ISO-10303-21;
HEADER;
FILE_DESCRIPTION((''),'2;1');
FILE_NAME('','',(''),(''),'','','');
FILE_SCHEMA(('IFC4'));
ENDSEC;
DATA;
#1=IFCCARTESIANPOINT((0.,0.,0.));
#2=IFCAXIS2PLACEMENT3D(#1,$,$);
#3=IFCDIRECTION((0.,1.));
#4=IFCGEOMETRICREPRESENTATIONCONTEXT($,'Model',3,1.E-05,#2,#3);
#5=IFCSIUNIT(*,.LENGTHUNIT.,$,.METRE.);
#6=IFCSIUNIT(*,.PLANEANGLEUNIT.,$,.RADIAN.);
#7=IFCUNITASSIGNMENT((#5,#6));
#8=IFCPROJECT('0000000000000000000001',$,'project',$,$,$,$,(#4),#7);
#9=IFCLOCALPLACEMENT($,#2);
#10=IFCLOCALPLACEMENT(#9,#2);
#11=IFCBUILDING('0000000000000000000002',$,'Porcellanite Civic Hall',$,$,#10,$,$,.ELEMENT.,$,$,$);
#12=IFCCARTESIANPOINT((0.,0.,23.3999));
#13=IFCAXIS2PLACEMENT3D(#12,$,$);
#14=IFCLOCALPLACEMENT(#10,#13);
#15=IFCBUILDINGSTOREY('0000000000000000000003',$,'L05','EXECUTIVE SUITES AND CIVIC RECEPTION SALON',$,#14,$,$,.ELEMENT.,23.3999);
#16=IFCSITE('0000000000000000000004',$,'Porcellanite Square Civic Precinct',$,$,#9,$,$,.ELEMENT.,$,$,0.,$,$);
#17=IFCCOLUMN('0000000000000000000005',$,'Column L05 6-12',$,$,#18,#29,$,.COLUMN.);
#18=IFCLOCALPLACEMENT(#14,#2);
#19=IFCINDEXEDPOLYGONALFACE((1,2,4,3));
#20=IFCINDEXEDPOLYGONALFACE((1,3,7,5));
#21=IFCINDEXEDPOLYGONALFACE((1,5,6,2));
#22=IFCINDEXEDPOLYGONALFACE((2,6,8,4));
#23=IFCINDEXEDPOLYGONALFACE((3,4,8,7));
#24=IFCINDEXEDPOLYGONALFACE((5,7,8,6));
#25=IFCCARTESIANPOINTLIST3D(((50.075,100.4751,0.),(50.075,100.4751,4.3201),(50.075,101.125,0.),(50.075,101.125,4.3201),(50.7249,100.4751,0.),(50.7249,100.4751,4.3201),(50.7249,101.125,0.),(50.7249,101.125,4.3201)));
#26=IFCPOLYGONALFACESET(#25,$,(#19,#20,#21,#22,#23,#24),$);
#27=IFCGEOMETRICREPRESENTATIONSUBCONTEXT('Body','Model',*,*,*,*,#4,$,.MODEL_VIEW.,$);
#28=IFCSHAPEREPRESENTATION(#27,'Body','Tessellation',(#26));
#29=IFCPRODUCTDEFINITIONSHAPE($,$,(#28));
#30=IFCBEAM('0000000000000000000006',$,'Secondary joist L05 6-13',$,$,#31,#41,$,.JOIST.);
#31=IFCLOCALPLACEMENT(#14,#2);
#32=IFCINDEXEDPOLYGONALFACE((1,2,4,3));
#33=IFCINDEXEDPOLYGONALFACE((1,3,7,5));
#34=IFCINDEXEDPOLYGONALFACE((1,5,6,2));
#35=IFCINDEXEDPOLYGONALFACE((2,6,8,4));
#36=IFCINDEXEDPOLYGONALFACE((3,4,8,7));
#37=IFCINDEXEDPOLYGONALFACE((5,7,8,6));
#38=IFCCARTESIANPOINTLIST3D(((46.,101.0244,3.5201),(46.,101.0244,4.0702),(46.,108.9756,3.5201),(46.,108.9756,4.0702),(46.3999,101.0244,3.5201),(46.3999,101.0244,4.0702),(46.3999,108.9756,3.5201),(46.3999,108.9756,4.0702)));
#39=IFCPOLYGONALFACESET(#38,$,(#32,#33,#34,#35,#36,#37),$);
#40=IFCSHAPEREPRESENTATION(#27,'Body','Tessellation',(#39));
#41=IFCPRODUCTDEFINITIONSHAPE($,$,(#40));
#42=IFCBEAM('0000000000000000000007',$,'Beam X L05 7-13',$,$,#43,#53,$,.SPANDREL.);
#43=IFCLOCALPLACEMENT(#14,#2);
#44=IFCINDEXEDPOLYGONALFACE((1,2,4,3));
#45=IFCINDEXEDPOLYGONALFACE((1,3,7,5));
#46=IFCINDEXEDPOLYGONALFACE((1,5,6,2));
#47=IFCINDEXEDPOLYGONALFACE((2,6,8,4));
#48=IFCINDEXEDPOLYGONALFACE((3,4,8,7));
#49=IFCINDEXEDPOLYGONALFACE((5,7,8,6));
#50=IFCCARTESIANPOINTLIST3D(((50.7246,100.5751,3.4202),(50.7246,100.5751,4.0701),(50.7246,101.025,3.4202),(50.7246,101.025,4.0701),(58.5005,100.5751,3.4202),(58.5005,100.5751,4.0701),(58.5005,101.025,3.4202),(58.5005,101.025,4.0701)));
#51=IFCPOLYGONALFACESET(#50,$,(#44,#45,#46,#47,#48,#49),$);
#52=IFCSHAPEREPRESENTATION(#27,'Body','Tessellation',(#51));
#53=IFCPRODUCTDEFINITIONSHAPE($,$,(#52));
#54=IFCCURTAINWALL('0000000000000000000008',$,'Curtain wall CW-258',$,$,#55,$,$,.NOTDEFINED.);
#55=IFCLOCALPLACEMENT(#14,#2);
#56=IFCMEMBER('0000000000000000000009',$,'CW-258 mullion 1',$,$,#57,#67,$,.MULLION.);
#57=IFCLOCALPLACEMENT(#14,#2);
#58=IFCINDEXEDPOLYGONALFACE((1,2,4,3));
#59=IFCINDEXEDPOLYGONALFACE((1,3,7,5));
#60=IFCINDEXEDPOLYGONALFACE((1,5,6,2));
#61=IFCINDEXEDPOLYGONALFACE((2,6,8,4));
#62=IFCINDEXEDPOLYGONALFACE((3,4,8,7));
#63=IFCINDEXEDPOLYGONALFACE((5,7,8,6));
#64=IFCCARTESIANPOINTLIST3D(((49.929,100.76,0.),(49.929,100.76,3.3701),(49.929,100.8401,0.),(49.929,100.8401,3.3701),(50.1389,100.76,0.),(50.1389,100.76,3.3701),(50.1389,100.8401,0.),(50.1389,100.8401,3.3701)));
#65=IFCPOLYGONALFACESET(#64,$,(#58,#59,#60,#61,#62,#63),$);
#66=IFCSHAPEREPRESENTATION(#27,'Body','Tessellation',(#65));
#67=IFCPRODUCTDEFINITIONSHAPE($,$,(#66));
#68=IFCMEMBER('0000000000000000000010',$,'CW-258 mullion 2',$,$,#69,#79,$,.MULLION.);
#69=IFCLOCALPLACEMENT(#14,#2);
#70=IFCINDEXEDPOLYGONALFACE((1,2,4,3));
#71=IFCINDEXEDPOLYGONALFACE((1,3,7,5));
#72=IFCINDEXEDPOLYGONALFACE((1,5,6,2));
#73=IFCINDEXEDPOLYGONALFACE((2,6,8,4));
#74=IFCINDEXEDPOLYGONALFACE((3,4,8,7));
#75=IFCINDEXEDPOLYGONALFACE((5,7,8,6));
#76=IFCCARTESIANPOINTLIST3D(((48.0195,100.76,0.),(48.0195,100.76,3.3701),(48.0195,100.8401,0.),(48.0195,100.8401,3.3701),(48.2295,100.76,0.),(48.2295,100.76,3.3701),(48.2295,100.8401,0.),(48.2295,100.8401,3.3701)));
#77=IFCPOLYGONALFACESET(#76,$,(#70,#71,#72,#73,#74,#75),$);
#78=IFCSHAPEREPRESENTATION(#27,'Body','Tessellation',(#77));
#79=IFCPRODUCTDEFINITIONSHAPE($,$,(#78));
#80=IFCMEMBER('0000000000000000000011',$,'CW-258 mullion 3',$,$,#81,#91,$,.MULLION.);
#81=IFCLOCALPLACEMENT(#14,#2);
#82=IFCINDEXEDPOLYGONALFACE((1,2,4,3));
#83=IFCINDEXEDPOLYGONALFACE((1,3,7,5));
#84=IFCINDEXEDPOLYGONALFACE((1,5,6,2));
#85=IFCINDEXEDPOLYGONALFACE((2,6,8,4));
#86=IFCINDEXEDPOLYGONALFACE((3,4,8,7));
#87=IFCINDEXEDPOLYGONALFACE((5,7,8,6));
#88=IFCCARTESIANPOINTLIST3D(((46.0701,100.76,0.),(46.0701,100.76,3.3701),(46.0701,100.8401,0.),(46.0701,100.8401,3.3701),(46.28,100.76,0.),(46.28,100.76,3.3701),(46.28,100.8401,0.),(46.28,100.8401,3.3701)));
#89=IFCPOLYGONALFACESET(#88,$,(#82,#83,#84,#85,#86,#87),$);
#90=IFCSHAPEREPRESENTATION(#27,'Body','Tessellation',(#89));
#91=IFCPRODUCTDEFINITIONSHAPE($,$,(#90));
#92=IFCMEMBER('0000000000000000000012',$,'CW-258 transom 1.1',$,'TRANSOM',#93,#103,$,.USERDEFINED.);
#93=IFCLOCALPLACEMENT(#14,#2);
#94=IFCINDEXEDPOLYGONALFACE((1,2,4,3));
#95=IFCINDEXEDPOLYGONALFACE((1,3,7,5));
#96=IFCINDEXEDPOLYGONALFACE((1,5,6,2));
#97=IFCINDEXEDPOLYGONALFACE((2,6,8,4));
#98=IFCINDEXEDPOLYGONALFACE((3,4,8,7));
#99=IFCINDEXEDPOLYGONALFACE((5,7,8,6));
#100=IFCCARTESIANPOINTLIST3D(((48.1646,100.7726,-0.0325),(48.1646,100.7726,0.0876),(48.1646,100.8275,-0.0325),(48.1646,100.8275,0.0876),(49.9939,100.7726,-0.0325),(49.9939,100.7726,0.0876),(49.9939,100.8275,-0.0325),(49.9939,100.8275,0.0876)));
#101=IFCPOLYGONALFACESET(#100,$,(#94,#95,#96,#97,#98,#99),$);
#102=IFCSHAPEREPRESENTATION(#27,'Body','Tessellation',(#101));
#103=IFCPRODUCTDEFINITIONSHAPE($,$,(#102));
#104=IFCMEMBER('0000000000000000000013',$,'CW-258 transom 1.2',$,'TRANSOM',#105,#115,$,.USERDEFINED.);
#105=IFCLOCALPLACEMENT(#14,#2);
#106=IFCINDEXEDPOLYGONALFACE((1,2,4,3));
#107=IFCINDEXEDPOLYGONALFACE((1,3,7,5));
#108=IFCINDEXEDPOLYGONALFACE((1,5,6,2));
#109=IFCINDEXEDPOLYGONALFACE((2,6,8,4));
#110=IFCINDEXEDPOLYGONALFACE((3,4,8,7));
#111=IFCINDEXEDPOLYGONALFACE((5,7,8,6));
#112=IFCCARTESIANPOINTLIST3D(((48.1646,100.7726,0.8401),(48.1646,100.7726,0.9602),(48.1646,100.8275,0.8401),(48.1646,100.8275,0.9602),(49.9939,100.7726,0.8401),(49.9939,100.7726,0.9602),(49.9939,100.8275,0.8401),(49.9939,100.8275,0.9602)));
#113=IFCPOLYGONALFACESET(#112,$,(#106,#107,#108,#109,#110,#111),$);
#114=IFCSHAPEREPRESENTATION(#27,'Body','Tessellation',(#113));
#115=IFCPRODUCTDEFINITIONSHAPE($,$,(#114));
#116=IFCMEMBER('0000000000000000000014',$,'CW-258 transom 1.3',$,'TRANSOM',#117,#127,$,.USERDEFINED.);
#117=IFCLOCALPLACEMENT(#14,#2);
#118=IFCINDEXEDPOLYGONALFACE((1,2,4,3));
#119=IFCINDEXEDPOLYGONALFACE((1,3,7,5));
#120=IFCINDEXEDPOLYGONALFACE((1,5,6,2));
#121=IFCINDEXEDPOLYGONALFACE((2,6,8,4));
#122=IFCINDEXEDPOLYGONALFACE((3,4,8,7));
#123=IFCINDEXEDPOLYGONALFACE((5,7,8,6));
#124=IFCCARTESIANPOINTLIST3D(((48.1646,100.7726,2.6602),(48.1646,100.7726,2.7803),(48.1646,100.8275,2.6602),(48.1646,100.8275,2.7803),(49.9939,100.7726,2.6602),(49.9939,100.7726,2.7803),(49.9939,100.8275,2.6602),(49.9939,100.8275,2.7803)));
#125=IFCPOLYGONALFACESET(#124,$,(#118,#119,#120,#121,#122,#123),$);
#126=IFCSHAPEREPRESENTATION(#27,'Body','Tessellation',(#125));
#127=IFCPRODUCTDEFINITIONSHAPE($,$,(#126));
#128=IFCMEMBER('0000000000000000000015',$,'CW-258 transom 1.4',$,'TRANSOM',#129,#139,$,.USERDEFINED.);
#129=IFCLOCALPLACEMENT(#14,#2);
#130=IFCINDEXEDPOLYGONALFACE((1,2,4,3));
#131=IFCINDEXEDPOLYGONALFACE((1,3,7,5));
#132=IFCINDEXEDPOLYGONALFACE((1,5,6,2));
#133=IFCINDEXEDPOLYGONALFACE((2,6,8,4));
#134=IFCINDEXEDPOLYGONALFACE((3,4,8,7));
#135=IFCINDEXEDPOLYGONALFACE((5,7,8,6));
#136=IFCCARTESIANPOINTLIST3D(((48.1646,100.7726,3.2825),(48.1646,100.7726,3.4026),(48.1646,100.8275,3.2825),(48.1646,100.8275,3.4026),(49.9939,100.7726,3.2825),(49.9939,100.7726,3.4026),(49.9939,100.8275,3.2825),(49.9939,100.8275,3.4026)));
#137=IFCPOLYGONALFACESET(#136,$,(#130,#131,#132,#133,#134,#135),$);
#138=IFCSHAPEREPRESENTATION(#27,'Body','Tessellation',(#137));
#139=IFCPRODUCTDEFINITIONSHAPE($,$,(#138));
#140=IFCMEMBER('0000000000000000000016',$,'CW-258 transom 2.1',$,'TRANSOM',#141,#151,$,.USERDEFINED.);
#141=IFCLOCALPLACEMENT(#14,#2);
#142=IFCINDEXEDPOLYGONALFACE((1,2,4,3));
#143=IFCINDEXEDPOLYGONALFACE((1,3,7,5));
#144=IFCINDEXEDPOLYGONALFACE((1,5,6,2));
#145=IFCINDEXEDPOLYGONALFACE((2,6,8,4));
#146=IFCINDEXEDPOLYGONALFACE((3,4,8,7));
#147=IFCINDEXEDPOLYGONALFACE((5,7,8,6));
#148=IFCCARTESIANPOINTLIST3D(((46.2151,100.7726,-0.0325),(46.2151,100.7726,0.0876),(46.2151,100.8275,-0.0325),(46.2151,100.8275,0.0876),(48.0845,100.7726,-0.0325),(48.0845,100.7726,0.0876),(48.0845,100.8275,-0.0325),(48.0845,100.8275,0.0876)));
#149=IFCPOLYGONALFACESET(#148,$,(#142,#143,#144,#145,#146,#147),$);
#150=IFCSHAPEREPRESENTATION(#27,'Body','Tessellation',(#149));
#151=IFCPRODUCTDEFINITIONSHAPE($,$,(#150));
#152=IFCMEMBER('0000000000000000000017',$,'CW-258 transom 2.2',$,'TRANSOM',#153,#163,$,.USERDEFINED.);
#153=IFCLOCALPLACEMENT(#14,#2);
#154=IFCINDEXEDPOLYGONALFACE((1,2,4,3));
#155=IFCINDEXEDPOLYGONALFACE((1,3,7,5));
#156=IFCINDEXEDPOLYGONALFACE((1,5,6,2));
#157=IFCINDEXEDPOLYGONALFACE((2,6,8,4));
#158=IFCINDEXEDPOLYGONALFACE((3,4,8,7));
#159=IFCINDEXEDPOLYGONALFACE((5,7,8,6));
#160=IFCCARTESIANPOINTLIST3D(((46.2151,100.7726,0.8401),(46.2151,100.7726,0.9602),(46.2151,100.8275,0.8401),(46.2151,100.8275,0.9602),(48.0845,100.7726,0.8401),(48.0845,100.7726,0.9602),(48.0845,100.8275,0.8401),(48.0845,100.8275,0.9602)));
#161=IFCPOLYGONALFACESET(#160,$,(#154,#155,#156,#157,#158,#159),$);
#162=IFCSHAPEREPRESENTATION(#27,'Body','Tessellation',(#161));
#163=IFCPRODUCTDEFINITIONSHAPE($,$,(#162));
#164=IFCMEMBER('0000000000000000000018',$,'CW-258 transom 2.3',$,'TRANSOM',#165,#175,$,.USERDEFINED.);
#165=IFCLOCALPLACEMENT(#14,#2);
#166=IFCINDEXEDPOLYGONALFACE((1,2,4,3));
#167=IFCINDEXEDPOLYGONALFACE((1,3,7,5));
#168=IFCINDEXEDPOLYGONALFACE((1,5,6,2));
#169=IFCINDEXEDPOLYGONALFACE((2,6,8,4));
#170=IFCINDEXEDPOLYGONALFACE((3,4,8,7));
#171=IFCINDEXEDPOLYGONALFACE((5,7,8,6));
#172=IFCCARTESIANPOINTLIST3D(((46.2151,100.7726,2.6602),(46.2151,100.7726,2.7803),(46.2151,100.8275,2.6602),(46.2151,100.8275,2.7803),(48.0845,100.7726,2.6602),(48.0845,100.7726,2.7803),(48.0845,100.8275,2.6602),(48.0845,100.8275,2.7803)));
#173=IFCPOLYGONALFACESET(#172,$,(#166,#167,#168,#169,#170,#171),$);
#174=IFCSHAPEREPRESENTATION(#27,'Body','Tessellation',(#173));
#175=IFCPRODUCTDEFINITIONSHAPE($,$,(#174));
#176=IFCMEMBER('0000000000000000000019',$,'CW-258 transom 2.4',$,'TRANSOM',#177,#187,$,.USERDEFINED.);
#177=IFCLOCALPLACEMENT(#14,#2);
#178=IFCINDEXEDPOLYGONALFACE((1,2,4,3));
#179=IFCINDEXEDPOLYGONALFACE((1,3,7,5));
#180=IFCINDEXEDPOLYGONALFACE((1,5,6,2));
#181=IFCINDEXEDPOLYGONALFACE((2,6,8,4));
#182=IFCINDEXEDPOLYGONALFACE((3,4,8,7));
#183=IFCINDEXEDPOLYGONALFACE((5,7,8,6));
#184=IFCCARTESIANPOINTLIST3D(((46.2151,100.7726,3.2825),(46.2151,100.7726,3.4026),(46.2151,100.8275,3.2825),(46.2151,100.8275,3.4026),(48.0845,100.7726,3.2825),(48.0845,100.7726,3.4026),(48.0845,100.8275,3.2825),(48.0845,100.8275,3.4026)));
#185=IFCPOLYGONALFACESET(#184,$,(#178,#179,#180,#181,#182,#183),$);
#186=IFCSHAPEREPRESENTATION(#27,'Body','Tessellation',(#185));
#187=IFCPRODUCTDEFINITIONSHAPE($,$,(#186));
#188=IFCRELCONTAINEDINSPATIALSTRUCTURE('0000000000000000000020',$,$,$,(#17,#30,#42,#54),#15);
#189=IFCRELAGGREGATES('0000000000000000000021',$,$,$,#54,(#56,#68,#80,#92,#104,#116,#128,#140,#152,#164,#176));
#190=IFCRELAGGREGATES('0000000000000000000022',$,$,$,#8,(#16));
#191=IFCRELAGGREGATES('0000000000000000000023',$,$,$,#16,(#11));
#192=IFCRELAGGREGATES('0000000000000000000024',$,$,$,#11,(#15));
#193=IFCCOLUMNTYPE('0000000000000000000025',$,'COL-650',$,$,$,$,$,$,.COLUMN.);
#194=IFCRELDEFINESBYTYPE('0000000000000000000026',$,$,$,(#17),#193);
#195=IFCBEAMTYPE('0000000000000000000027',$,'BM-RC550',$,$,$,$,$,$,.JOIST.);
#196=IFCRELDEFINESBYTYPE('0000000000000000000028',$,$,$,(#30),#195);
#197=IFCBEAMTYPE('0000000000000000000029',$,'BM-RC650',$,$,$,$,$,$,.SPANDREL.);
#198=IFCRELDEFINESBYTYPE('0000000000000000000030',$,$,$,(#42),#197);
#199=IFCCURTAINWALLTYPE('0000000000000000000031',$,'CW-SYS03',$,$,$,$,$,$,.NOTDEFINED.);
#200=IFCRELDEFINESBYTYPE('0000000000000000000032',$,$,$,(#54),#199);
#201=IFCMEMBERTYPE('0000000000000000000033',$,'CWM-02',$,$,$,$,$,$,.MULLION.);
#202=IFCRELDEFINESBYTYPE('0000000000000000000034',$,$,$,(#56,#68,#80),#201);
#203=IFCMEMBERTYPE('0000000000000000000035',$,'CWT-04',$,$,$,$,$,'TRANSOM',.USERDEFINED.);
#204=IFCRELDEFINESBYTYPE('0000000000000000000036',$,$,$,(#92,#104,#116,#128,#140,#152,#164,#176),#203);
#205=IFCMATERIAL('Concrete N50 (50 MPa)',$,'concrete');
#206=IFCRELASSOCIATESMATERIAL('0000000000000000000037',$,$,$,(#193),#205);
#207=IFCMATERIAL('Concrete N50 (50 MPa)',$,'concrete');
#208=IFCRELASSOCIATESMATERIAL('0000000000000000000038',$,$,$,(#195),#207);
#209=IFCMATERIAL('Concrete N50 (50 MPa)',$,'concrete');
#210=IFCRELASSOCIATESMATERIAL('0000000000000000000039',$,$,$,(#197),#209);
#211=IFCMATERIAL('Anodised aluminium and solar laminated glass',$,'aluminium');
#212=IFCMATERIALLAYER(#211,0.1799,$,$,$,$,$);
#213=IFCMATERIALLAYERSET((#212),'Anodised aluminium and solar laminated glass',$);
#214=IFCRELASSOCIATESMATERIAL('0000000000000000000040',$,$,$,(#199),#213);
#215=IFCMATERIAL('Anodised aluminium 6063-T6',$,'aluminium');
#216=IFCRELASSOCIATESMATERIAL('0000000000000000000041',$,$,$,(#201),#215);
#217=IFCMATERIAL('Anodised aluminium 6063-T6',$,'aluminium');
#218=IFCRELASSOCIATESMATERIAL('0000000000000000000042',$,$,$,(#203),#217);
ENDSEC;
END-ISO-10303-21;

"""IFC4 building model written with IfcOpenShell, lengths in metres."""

from ifc_helpers import new_model, si_unit, direction, frame, origin, origin_2d, place, context, subcontext, project, spatial, rectangle, extrude, material, layer, layer_set, material_profile, profile_set, type_object, element, aggregate, save


model = new_model("IFC4")

# Units and contexts
model_context = context("Model", 3, precision=1e-05, world=origin(), true_north=direction((0.0, 1.0)))
body_context = subcontext(model_context, "Body", "Model", "MODEL_VIEW")
ifc_project = project(units=[si_unit("LENGTHUNIT", "METRE"), si_unit("PLANEANGLEUNIT", "RADIAN")], contexts=[model_context])

# Site, building, storey
site_placement = place(None, origin())
site = spatial("IfcSite", under=ifc_project, at=site_placement, Name="Porcellanite Square Civic Precinct", CompositionType="ELEMENT", RefElevation=0.0)
building_placement = place(site_placement, origin())
building = spatial("IfcBuilding", under=site, at=building_placement, Name="Porcellanite Civic Hall", CompositionType="ELEMENT")
storey_placement = place(building_placement, frame((0.0, 0.0, 23.3999)))
storey = spatial("IfcBuildingStorey", under=building, at=storey_placement, Name="L05", Description="EXECUTIVE SUITES AND CIVIC RECEPTION SALON", CompositionType="ELEMENT", Elevation=23.3999)

# Column
ifc_material_1 = material(Name="Concrete N50 (50 MPa)", Category="concrete")
ifc_material_profile_1 = material_profile(ifc_material_1, rectangle(XDim=0.6499, YDim=0.6499, at=origin_2d()), Name="RC-650x650")
ifc_profile_set_1 = profile_set([ifc_material_profile_1], Name="Concrete N50 (50 MPa)")
column_type = type_object("IfcColumnType", Name="COL-650", PredefinedType="COLUMN", material=ifc_profile_set_1)
column_placement = place(storey_placement, frame((50.3999, 100.8, 0.0), z_axis=(0.0, 0.0, 1.0), x_axis=(1.0, 0.0, 0.0)))
element("IfcColumn", 1, at=column_placement, inside=storey, type_object=column_type, Name="Column L05 6-12", PredefinedType="COLUMN", context=body_context, shape_type="SweptSolid", body=[
    extrude(rectangle(XDim=0.6499, YDim=0.6499, at=origin_2d()), origin(), (0.0, 0.0, 1.0), 4.3201),
])

# Beams
ifc_material_2 = material(Name="Concrete N50 (50 MPa)", Category="concrete")
ifc_material_profile_2 = material_profile(ifc_material_2, rectangle(XDim=0.3999, YDim=0.55, at=origin_2d()), Name="RC-400x550")
ifc_profile_set_2 = profile_set([ifc_material_profile_2], Name="Concrete N50 (50 MPa)")
beam_type_1 = type_object("IfcBeamType", Name="BM-RC550", PredefinedType="JOIST", material=ifc_profile_set_2)
beam_1_placement = place(storey_placement, frame((46.2, 101.0244, 3.7952), z_axis=(0.0, 1.0, 0.0), x_axis=(-1.0, 0.0, 0.0)))
element("IfcBeam", 2, at=beam_1_placement, inside=storey, type_object=beam_type_1, Name="Secondary joist L05 6-13", PredefinedType="JOIST", context=body_context, shape_type="SweptSolid", body=[
    extrude(rectangle(XDim=0.3999, YDim=0.55, at=origin_2d()), origin(), (0.0, 0.0, 1.0), 7.9512),
])
ifc_material_3 = material(Name="Concrete N50 (50 MPa)", Category="concrete")
ifc_material_profile_3 = material_profile(ifc_material_3, rectangle(XDim=0.45, YDim=0.6499, at=origin_2d()), Name="RC-450x650")
ifc_profile_set_3 = profile_set([ifc_material_profile_3], Name="Concrete N50 (50 MPa)")
beam_type_2 = type_object("IfcBeamType", Name="BM-RC650", PredefinedType="SPANDREL", material=ifc_profile_set_3)
beam_2_placement = place(storey_placement, frame((50.7246, 100.8, 3.7451), z_axis=(1.0, 0.0, 0.0), x_axis=(0.0, 1.0, 0.0)))
element("IfcBeam", 3, at=beam_2_placement, inside=storey, type_object=beam_type_2, Name="Beam X L05 7-13", PredefinedType="SPANDREL", context=body_context, shape_type="SweptSolid", body=[
    extrude(rectangle(XDim=0.45, YDim=0.6499, at=origin_2d()), origin(), (0.0, 0.0, 1.0), 7.7759),
])

# Curtain wall, members
ifc_material_4 = material(Name="Anodised aluminium and solar laminated glass", Category="aluminium")
ifc_layer_1 = layer(ifc_material_4, 0.1799)
ifc_layer_set_1 = layer_set([ifc_layer_1], Name="Anodised aluminium and solar laminated glass")
curtain_wall_type_1 = type_object("IfcCurtainWallType", Name="CW-SYS03", PredefinedType="NOTDEFINED", material=ifc_layer_set_1)
curtain_wall_1_placement = place(storey_placement, origin())
curtain_wall_1 = element("IfcCurtainWall", 4, at=curtain_wall_1_placement, inside=storey, type_object=curtain_wall_type_1, Name="Curtain wall CW-258", PredefinedType="NOTDEFINED")
ifc_material_5 = material(Name="Anodised aluminium 6063-T6", Category="aluminium")
ifc_material_profile_4 = material_profile(ifc_material_5, rectangle(XDim=0.0801, YDim=0.21, at=origin_2d()), Name="AL-80x210")
ifc_profile_set_4 = profile_set([ifc_material_profile_4], Name="Anodised aluminium 6063-T6")
member_type_1 = type_object("IfcMemberType", Name="CWM-02", PredefinedType="MULLION", material=ifc_profile_set_4)
member_1_placement = place(storey_placement, frame((50.0339, 100.8, 0.0), z_axis=(0.0, 0.0, 1.0), x_axis=(0.0, -1.0, 0.0)))
member_1 = element("IfcMember", 5, at=member_1_placement, type_object=member_type_1, Name="CW-258 mullion 1", PredefinedType="MULLION", context=body_context, shape_type="SweptSolid", body=[
    extrude(rectangle(XDim=0.0801, YDim=0.21, at=origin_2d()), origin(), (0.0, 0.0, 1.0), 3.3701),
])
member_2_placement = place(storey_placement, frame((48.1245, 100.8, 0.0), z_axis=(0.0, 0.0, 1.0), x_axis=(0.0, -1.0, 0.0)))
member_2 = element("IfcMember", 6, at=member_2_placement, type_object=member_type_1, Name="CW-258 mullion 2", PredefinedType="MULLION", context=body_context, shape_type="SweptSolid", body=[
    extrude(rectangle(XDim=0.0801, YDim=0.21, at=origin_2d()), origin(), (0.0, 0.0, 1.0), 3.3701),
])
member_3_placement = place(storey_placement, frame((46.175, 100.8, 0.0), z_axis=(0.0, 0.0, 1.0), x_axis=(0.0, -1.0, 0.0)))
member_3 = element("IfcMember", 7, at=member_3_placement, type_object=member_type_1, Name="CW-258 mullion 3", PredefinedType="MULLION", context=body_context, shape_type="SweptSolid", body=[
    extrude(rectangle(XDim=0.0801, YDim=0.21, at=origin_2d()), origin(), (0.0, 0.0, 1.0), 3.3701),
])
ifc_material_6 = material(Name="Anodised aluminium 6063-T6", Category="aluminium")
ifc_material_profile_5 = material_profile(ifc_material_6, rectangle(XDim=0.0549, YDim=0.1201, at=origin_2d()), Name="AL-55x120")
ifc_profile_set_5 = profile_set([ifc_material_profile_5], Name="Anodised aluminium 6063-T6")
member_type_2 = type_object("IfcMemberType", Name="CWT-04", ElementType="TRANSOM", PredefinedType="USERDEFINED", material=ifc_profile_set_5)
member_4_placement = place(storey_placement, frame((49.9939, 100.8, 0.0276), z_axis=(-1.0, 0.0, 0.0), x_axis=(0.0, -1.0, 0.0)))
member_4 = element("IfcMember", 8, at=member_4_placement, type_object=member_type_2, Name="CW-258 transom 1.1", ObjectType="TRANSOM", PredefinedType="USERDEFINED", context=body_context, shape_type="SweptSolid", body=[
    extrude(rectangle(XDim=0.0549, YDim=0.1201, at=origin_2d()), origin(), (0.0, 0.0, 1.0), 1.8293),
])
member_5_placement = place(storey_placement, frame((49.9939, 100.8, 0.9001), z_axis=(-1.0, 0.0, 0.0), x_axis=(0.0, -1.0, 0.0)))
member_5 = element("IfcMember", 9, at=member_5_placement, type_object=member_type_2, Name="CW-258 transom 1.2", ObjectType="TRANSOM", PredefinedType="USERDEFINED", context=body_context, shape_type="SweptSolid", body=[
    extrude(rectangle(XDim=0.0549, YDim=0.1201, at=origin_2d()), origin(), (0.0, 0.0, 1.0), 1.8293),
])
member_6_placement = place(storey_placement, frame((49.9939, 100.8, 2.7202), z_axis=(-1.0, 0.0, 0.0), x_axis=(0.0, -1.0, 0.0)))
member_6 = element("IfcMember", 10, at=member_6_placement, type_object=member_type_2, Name="CW-258 transom 1.3", ObjectType="TRANSOM", PredefinedType="USERDEFINED", context=body_context, shape_type="SweptSolid", body=[
    extrude(rectangle(XDim=0.0549, YDim=0.1201, at=origin_2d()), origin(), (0.0, 0.0, 1.0), 1.8293),
])
member_7_placement = place(storey_placement, frame((49.9939, 100.8, 3.3425), z_axis=(-1.0, 0.0, 0.0), x_axis=(0.0, -1.0, 0.0)))
member_7 = element("IfcMember", 11, at=member_7_placement, type_object=member_type_2, Name="CW-258 transom 1.4", ObjectType="TRANSOM", PredefinedType="USERDEFINED", context=body_context, shape_type="SweptSolid", body=[
    extrude(rectangle(XDim=0.0549, YDim=0.1201, at=origin_2d()), origin(), (0.0, 0.0, 1.0), 1.8293),
])
member_8_placement = place(storey_placement, frame((48.0845, 100.8, 0.0276), z_axis=(-1.0, 0.0, 0.0), x_axis=(0.0, -1.0, 0.0)))
member_8 = element("IfcMember", 12, at=member_8_placement, type_object=member_type_2, Name="CW-258 transom 2.1", ObjectType="TRANSOM", PredefinedType="USERDEFINED", context=body_context, shape_type="SweptSolid", body=[
    extrude(rectangle(XDim=0.0549, YDim=0.1201, at=origin_2d()), origin(), (0.0, 0.0, 1.0), 1.8694),
])
member_9_placement = place(storey_placement, frame((48.0845, 100.8, 0.9001), z_axis=(-1.0, 0.0, 0.0), x_axis=(0.0, -1.0, 0.0)))
member_9 = element("IfcMember", 13, at=member_9_placement, type_object=member_type_2, Name="CW-258 transom 2.2", ObjectType="TRANSOM", PredefinedType="USERDEFINED", context=body_context, shape_type="SweptSolid", body=[
    extrude(rectangle(XDim=0.0549, YDim=0.1201, at=origin_2d()), origin(), (0.0, 0.0, 1.0), 1.8694),
])
member_10_placement = place(storey_placement, frame((48.0845, 100.8, 2.7202), z_axis=(-1.0, 0.0, 0.0), x_axis=(0.0, -1.0, 0.0)))
member_10 = element("IfcMember", 14, at=member_10_placement, type_object=member_type_2, Name="CW-258 transom 2.3", ObjectType="TRANSOM", PredefinedType="USERDEFINED", context=body_context, shape_type="SweptSolid", body=[
    extrude(rectangle(XDim=0.0549, YDim=0.1201, at=origin_2d()), origin(), (0.0, 0.0, 1.0), 1.8694),
])
member_11_placement = place(storey_placement, frame((48.0845, 100.8, 3.3425), z_axis=(-1.0, 0.0, 0.0), x_axis=(0.0, -1.0, 0.0)))
member_11 = element("IfcMember", 15, at=member_11_placement, type_object=member_type_2, Name="CW-258 transom 2.4", ObjectType="TRANSOM", PredefinedType="USERDEFINED", context=body_context, shape_type="SweptSolid", body=[
    extrude(rectangle(XDim=0.0549, YDim=0.1201, at=origin_2d()), origin(), (0.0, 0.0, 1.0), 1.8694),
])

aggregate(curtain_wall_1, [member_1, member_2, member_3, member_4, member_5, member_6, member_7, member_8, member_9, member_10, member_11])

save(model, "model.ifc")
